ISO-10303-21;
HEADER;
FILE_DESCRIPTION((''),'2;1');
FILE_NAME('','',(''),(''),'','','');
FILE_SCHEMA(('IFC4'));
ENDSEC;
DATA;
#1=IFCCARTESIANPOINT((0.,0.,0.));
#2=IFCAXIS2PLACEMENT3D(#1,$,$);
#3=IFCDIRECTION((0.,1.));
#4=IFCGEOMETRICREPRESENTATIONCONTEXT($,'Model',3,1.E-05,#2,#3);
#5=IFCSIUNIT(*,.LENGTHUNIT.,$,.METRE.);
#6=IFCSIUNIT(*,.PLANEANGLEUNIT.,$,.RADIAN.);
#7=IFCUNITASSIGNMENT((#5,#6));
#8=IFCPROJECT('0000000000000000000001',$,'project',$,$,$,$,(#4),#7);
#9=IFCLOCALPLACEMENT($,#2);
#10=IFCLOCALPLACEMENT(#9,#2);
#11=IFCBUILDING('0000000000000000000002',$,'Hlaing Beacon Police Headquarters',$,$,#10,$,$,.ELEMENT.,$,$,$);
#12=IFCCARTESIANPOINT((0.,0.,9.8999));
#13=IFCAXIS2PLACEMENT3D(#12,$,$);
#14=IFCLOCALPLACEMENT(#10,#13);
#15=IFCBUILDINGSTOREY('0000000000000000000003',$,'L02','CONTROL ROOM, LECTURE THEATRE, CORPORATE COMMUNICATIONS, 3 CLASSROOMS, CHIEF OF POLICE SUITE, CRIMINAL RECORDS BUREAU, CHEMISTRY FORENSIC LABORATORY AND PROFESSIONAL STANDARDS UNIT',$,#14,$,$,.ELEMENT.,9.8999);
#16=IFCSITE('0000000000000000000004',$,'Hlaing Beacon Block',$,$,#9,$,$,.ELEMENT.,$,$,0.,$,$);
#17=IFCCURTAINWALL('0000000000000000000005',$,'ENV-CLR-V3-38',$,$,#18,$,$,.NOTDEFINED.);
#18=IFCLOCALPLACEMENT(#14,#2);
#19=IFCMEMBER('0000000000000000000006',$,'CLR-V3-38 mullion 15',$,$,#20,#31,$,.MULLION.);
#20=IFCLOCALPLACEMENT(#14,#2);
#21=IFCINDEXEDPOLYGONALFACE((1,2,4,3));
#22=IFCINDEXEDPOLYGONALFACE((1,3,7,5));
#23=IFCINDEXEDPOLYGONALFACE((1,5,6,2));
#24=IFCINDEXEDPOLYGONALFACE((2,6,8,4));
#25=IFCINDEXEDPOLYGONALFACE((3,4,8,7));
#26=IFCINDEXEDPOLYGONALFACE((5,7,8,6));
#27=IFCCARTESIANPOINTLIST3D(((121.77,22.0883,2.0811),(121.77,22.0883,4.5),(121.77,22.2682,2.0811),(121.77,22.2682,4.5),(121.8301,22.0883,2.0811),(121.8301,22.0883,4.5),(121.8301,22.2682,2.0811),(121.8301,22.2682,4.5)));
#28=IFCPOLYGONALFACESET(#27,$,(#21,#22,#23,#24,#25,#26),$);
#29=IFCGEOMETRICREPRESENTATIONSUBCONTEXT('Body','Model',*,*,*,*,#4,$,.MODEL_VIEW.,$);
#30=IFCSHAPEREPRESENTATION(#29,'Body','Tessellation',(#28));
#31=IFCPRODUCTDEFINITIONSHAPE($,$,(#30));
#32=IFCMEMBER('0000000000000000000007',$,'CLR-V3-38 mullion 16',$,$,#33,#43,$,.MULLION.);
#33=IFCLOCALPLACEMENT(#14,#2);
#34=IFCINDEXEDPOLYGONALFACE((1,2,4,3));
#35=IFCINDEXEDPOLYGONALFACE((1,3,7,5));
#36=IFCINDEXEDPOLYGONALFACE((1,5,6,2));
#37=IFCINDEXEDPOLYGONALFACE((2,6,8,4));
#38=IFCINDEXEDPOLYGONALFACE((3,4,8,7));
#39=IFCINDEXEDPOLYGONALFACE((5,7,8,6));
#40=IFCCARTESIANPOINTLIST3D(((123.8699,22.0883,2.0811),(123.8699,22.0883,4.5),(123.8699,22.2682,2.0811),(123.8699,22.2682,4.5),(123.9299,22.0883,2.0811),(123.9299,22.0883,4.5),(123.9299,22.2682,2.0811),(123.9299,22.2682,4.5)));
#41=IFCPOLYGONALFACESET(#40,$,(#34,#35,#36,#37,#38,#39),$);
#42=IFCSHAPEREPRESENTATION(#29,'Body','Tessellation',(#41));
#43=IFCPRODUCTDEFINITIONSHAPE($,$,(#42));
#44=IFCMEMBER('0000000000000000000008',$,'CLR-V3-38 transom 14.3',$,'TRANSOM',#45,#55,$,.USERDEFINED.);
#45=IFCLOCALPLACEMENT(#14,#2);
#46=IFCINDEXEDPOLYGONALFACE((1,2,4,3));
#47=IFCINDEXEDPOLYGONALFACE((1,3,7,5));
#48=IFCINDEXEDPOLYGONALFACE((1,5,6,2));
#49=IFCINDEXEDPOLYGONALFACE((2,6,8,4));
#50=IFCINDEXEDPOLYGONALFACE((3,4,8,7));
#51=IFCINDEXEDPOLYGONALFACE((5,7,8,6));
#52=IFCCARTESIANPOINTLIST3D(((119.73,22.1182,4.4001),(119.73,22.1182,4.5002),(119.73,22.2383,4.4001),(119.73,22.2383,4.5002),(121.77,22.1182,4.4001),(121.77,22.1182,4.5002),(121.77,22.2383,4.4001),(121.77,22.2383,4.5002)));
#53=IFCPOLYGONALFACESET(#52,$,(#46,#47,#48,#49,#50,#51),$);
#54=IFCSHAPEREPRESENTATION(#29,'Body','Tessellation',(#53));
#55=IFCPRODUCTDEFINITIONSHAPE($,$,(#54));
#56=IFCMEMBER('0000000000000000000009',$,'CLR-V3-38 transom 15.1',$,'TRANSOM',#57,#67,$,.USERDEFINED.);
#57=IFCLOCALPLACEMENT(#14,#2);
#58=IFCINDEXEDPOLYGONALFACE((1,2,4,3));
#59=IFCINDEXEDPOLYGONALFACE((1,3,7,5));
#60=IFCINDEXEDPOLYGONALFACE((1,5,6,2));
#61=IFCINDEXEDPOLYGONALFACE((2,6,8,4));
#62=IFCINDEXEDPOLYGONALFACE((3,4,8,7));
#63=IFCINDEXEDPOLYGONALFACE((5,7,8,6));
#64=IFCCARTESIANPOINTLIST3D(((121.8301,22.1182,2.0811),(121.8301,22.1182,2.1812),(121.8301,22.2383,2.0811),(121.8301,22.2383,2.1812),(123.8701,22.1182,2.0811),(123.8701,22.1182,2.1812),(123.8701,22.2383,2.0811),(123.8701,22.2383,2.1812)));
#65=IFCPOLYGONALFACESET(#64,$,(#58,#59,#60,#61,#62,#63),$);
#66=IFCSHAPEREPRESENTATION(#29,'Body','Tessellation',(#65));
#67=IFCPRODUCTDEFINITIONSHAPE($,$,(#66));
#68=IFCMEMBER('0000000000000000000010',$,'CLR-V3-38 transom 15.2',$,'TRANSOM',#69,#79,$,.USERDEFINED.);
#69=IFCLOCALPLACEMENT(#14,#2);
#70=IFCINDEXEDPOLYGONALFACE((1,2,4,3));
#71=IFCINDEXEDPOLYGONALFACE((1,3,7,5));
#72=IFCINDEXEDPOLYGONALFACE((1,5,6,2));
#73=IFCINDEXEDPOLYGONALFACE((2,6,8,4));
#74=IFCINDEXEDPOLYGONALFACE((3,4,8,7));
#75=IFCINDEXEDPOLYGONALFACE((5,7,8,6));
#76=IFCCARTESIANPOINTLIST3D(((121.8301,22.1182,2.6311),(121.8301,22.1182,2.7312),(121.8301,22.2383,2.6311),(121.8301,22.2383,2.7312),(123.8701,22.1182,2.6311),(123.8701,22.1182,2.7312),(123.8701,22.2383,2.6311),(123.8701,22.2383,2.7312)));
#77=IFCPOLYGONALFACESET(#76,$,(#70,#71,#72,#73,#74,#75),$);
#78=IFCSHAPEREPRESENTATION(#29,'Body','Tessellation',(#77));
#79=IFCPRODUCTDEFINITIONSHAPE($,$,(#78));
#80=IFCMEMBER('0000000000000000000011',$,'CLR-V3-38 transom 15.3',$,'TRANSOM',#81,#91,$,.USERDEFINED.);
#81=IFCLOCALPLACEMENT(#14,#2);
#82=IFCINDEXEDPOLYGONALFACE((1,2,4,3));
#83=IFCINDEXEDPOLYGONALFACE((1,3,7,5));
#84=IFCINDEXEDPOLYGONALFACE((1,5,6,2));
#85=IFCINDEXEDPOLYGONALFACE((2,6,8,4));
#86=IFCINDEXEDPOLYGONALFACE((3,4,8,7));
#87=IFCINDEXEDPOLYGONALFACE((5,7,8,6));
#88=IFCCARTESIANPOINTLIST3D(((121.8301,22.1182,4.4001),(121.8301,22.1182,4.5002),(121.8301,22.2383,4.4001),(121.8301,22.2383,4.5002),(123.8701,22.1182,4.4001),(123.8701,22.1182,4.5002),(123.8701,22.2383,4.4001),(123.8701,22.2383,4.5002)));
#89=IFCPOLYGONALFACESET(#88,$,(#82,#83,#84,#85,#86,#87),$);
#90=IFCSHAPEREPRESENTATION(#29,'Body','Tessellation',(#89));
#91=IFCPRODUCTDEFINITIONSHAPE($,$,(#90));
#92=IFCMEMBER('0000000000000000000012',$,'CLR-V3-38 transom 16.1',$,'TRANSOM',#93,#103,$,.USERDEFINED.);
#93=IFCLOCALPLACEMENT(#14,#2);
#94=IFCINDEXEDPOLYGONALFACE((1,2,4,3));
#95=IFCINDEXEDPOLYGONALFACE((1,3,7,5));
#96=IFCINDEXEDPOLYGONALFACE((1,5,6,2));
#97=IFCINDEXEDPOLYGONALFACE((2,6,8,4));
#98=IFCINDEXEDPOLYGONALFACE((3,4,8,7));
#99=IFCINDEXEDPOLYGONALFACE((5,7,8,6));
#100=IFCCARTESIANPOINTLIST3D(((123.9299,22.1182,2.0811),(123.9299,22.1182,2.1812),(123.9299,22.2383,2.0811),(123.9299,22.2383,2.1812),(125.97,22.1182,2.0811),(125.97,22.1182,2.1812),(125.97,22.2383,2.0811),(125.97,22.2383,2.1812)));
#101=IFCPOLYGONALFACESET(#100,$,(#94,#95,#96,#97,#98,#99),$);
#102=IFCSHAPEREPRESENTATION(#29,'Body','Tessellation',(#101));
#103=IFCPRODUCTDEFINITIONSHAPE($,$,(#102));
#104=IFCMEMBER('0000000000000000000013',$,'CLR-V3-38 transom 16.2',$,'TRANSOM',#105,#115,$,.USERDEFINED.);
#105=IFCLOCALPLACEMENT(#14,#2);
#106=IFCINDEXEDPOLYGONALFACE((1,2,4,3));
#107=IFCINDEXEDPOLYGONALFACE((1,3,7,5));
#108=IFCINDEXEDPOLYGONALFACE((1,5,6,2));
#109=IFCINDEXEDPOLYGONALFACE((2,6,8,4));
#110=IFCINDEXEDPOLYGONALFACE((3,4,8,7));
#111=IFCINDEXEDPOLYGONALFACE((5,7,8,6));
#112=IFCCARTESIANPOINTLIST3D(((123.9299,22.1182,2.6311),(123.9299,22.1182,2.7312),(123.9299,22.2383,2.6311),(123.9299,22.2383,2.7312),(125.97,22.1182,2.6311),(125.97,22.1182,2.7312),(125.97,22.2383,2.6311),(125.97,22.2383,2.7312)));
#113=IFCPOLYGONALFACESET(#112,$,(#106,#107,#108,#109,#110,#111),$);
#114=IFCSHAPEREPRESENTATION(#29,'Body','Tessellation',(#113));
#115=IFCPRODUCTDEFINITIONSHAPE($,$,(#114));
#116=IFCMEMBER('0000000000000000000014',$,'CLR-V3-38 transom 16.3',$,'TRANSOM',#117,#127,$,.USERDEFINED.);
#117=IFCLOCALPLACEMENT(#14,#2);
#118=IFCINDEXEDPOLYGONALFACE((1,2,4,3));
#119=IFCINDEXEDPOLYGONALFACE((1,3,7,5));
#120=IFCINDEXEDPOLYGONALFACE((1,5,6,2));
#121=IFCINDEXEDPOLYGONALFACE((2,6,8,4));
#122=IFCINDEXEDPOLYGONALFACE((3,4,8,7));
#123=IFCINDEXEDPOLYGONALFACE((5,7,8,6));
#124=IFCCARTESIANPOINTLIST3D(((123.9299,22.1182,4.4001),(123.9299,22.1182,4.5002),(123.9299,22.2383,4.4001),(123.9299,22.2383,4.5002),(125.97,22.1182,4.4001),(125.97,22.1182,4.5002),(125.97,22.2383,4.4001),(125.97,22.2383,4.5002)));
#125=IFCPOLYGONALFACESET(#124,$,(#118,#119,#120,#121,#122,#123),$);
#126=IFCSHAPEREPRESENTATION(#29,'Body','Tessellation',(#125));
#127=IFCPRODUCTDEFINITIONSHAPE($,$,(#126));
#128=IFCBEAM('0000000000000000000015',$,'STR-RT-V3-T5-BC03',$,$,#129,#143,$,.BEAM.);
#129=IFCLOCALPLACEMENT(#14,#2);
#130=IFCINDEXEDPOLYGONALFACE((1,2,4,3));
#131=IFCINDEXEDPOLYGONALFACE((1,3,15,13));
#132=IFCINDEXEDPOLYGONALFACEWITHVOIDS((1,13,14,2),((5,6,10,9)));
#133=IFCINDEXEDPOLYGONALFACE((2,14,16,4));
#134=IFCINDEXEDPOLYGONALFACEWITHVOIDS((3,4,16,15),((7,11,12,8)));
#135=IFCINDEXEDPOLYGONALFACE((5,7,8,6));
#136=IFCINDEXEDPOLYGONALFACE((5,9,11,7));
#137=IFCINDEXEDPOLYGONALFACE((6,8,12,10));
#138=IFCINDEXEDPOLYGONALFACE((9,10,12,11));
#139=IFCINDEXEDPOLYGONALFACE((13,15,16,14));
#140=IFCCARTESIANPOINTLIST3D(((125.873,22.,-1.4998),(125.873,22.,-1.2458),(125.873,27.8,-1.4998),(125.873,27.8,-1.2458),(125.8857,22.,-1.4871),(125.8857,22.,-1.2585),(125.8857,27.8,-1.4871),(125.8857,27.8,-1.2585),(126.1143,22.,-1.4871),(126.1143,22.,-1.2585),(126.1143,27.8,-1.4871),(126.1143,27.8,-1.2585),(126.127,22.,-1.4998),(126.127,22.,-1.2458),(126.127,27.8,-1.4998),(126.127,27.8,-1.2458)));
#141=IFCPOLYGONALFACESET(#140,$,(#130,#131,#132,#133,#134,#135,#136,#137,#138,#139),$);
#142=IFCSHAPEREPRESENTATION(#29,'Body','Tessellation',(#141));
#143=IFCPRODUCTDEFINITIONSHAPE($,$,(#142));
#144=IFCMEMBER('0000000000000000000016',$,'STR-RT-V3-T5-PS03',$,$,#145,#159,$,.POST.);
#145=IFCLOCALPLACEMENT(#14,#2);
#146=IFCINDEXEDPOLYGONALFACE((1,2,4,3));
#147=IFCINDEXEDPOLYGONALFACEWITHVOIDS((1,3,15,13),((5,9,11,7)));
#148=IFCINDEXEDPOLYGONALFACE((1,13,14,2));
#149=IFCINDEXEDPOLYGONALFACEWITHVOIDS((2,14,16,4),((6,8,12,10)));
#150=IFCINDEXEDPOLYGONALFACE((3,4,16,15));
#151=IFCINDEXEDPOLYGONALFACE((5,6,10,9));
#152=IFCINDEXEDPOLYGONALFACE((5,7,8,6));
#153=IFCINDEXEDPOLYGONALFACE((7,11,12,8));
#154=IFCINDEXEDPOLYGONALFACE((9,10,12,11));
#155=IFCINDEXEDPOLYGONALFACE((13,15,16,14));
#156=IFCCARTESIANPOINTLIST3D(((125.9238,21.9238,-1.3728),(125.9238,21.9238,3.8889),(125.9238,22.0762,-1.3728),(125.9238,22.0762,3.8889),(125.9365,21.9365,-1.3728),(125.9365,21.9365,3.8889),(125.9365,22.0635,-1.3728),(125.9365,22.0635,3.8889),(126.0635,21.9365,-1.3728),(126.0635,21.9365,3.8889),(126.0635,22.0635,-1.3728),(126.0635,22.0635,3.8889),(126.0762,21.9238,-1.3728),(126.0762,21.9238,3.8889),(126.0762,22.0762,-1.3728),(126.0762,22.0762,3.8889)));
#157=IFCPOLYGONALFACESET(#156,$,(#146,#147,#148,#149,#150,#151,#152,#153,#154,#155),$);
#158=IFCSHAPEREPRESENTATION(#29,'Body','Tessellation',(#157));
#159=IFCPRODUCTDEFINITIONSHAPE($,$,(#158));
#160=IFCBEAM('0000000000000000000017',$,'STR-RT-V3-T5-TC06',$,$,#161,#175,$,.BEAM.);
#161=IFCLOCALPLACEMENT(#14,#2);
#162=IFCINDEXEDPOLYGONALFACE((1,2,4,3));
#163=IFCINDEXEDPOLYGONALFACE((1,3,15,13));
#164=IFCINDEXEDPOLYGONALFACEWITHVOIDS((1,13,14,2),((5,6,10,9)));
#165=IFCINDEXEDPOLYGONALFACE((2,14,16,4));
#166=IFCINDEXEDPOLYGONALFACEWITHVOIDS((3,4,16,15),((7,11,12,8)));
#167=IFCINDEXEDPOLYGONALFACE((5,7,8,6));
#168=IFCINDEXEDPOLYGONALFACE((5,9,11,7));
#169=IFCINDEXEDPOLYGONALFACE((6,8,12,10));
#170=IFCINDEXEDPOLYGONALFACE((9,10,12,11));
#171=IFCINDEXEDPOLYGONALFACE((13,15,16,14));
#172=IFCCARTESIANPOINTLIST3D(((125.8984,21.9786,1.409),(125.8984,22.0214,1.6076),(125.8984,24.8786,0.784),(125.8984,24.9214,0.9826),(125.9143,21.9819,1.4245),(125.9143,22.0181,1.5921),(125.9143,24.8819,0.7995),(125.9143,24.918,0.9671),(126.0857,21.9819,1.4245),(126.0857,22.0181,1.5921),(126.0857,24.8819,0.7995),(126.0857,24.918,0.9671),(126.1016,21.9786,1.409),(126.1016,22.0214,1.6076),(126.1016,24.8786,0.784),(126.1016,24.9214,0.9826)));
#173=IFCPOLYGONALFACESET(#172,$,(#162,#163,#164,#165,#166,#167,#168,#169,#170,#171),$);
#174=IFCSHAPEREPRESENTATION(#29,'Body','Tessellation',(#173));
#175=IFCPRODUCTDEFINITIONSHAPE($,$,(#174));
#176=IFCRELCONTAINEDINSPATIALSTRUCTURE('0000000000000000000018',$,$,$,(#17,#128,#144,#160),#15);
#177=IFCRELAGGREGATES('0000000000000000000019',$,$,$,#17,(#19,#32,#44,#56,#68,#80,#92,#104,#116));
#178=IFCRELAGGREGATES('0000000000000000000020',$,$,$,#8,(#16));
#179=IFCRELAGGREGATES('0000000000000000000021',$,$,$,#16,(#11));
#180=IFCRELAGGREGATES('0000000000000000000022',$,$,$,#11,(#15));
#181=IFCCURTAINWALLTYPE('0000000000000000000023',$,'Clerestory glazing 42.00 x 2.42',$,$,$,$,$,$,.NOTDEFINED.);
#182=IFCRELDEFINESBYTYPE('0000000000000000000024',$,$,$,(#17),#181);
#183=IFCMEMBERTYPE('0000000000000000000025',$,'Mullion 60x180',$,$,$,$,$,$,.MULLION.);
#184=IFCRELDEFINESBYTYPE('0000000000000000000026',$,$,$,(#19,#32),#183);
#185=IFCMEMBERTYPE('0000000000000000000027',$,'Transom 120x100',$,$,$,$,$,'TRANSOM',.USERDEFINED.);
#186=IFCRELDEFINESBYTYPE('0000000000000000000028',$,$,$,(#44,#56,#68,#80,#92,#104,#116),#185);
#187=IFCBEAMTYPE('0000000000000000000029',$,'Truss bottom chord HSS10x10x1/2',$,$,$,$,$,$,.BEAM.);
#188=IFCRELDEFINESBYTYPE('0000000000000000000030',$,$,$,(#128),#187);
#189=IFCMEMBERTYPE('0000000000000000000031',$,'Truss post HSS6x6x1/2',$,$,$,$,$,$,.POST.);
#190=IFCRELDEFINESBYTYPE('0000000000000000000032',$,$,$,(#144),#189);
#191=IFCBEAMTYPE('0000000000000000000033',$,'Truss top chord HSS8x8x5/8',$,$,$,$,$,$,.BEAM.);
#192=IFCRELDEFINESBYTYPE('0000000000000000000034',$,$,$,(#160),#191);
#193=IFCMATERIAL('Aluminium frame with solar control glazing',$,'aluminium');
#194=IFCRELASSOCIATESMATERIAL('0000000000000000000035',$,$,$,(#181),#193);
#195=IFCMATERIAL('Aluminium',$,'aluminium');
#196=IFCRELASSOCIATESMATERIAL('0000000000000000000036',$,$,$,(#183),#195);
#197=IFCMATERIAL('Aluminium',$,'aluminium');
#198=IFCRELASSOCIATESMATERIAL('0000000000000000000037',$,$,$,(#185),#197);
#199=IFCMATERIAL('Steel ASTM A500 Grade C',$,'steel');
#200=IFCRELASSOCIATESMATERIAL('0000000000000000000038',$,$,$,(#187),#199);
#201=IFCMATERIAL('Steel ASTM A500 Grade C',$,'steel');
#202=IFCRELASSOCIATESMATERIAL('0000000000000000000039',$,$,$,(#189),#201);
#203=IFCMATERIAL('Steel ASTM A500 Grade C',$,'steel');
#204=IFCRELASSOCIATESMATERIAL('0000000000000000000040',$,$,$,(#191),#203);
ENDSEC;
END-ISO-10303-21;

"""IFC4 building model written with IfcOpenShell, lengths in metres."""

from ifc_helpers import new_model, si_unit, direction, frame, origin, origin_2d, place, context, subcontext, project, spatial, rectangle, hollow_rectangle, extrude, material, material_profile, profile_set, type_object, element, aggregate, save


model = new_model("IFC4")

# Units and contexts
model_context = context("Model", 3, precision=1e-05, world=origin(), true_north=direction((0.0, 1.0)))
body_context = subcontext(model_context, "Body", "Model", "MODEL_VIEW")
ifc_project = project(units=[si_unit("LENGTHUNIT", "METRE"), si_unit("PLANEANGLEUNIT", "RADIAN")], contexts=[model_context])

# Site, building, storey
site_placement = place(None, origin())
site = spatial("IfcSite", under=ifc_project, at=site_placement, Name="Hlaing Beacon Block", CompositionType="ELEMENT", RefElevation=0.0)
building_placement = place(site_placement, origin())
building = spatial("IfcBuilding", under=site, at=building_placement, Name="Hlaing Beacon Police Headquarters", CompositionType="ELEMENT")
storey_placement = place(building_placement, frame((0.0, 0.0, 9.8999)))
storey = spatial("IfcBuildingStorey", under=building, at=storey_placement, Name="L02", Description="CONTROL ROOM, LECTURE THEATRE, CORPORATE COMMUNICATIONS, 3 CLASSROOMS, CHIEF OF POLICE SUITE, CRIMINAL RECORDS BUREAU, CHEMISTRY FORENSIC LABORATORY AND PROFESSIONAL STANDARDS UNIT", CompositionType="ELEMENT", Elevation=9.8999)

# Curtain wall, members
ifc_material_1 = material(Name="Aluminium frame with solar control glazing", Category="aluminium")
curtain_wall_type = type_object("IfcCurtainWallType", Name="Clerestory glazing 42.00 x 2.42", PredefinedType="NOTDEFINED", material=ifc_material_1)
curtain_wall_placement = place(storey_placement, origin())
curtain_wall = element("IfcCurtainWall", 1, at=curtain_wall_placement, inside=storey, type_object=curtain_wall_type, Name="ENV-CLR-V3-38", PredefinedType="NOTDEFINED")
ifc_material_2 = material(Name="Aluminium", Category="aluminium")
ifc_material_profile_1 = material_profile(ifc_material_2, rectangle(XDim=0.1799, YDim=0.0601, at=origin_2d()), Name="Mullion 60x180")
ifc_profile_set_1 = profile_set([ifc_material_profile_1], Name="Aluminium")
member_type_1 = type_object("IfcMemberType", Name="Mullion 60x180", PredefinedType="MULLION", material=ifc_profile_set_1)
member_1_placement = place(storey_placement, frame((121.8, 22.1782, 2.0811), z_axis=(0.0, 0.0, 1.0), x_axis=(0.0, 1.0, 0.0)))
member_1 = element("IfcMember", 2, at=member_1_placement, type_object=member_type_1, Name="CLR-V3-38 mullion 15", PredefinedType="MULLION", context=body_context, shape_type="SweptSolid", body=[
    extrude(rectangle(XDim=0.1799, YDim=0.0601, at=origin_2d()), origin(), (0.0, 0.0, 1.0), 2.4189),
])
member_2_placement = place(storey_placement, frame((123.8999, 22.1782, 2.0811), z_axis=(0.0, 0.0, 1.0), x_axis=(0.0, 1.0, 0.0)))
member_2 = element("IfcMember", 3, at=member_2_placement, type_object=member_type_1, Name="CLR-V3-38 mullion 16", PredefinedType="MULLION", context=body_context, shape_type="SweptSolid", body=[
    extrude(rectangle(XDim=0.1799, YDim=0.0601, at=origin_2d()), origin(), (0.0, 0.0, 1.0), 2.4189),
])
ifc_material_3 = material(Name="Aluminium", Category="aluminium")
ifc_material_profile_2 = material_profile(ifc_material_3, rectangle(XDim=0.1201, YDim=0.1001, at=origin_2d()), Name="Transom 120x100")
ifc_profile_set_2 = profile_set([ifc_material_profile_2], Name="Aluminium")
member_type_2 = type_object("IfcMemberType", Name="Transom 120x100", ElementType="TRANSOM", PredefinedType="USERDEFINED", material=ifc_profile_set_2)
member_3_placement = place(storey_placement, frame((119.73, 22.1782, 4.4502), z_axis=(1.0, 0.0, 0.0), x_axis=(0.0, 1.0, 0.0)))
member_3 = element("IfcMember", 4, at=member_3_placement, type_object=member_type_2, Name="CLR-V3-38 transom 14.3", ObjectType="TRANSOM", PredefinedType="USERDEFINED", context=body_context, shape_type="SweptSolid", body=[
    extrude(rectangle(XDim=0.1201, YDim=0.1001, at=origin_2d()), origin(), (0.0, 0.0, 1.0), 2.04),
])
member_4_placement = place(storey_placement, frame((121.8301, 22.1782, 2.1311), z_axis=(1.0, 0.0, 0.0), x_axis=(0.0, 1.0, 0.0)))
member_4 = element("IfcMember", 5, at=member_4_placement, type_object=member_type_2, Name="CLR-V3-38 transom 15.1", ObjectType="TRANSOM", PredefinedType="USERDEFINED", context=body_context, shape_type="SweptSolid", body=[
    extrude(rectangle(XDim=0.1201, YDim=0.1001, at=origin_2d()), origin(), (0.0, 0.0, 1.0), 2.04),
])
member_5_placement = place(storey_placement, frame((121.8301, 22.1782, 2.6812), z_axis=(1.0, 0.0, 0.0), x_axis=(0.0, 1.0, 0.0)))
member_5 = element("IfcMember", 6, at=member_5_placement, type_object=member_type_2, Name="CLR-V3-38 transom 15.2", ObjectType="TRANSOM", PredefinedType="USERDEFINED", context=body_context, shape_type="SweptSolid", body=[
    extrude(rectangle(XDim=0.1201, YDim=0.1001, at=origin_2d()), origin(), (0.0, 0.0, 1.0), 2.04),
])
member_6_placement = place(storey_placement, frame((121.8301, 22.1782, 4.4502), z_axis=(1.0, 0.0, 0.0), x_axis=(0.0, 1.0, 0.0)))
member_6 = element("IfcMember", 7, at=member_6_placement, type_object=member_type_2, Name="CLR-V3-38 transom 15.3", ObjectType="TRANSOM", PredefinedType="USERDEFINED", context=body_context, shape_type="SweptSolid", body=[
    extrude(rectangle(XDim=0.1201, YDim=0.1001, at=origin_2d()), origin(), (0.0, 0.0, 1.0), 2.04),
])
member_7_placement = place(storey_placement, frame((123.9299, 22.1782, 2.1311), z_axis=(1.0, 0.0, 0.0), x_axis=(0.0, 1.0, 0.0)))
member_7 = element("IfcMember", 8, at=member_7_placement, type_object=member_type_2, Name="CLR-V3-38 transom 16.1", ObjectType="TRANSOM", PredefinedType="USERDEFINED", context=body_context, shape_type="SweptSolid", body=[
    extrude(rectangle(XDim=0.1201, YDim=0.1001, at=origin_2d()), origin(), (0.0, 0.0, 1.0), 2.04),
])
member_8_placement = place(storey_placement, frame((123.9299, 22.1782, 2.6812), z_axis=(1.0, 0.0, 0.0), x_axis=(0.0, 1.0, 0.0)))
member_8 = element("IfcMember", 9, at=member_8_placement, type_object=member_type_2, Name="CLR-V3-38 transom 16.2", ObjectType="TRANSOM", PredefinedType="USERDEFINED", context=body_context, shape_type="SweptSolid", body=[
    extrude(rectangle(XDim=0.1201, YDim=0.1001, at=origin_2d()), origin(), (0.0, 0.0, 1.0), 2.04),
])
member_9_placement = place(storey_placement, frame((123.9299, 22.1782, 4.4502), z_axis=(1.0, 0.0, 0.0), x_axis=(0.0, 1.0, 0.0)))
member_9 = element("IfcMember", 10, at=member_9_placement, type_object=member_type_2, Name="CLR-V3-38 transom 16.3", ObjectType="TRANSOM", PredefinedType="USERDEFINED", context=body_context, shape_type="SweptSolid", body=[
    extrude(rectangle(XDim=0.1201, YDim=0.1001, at=origin_2d()), origin(), (0.0, 0.0, 1.0), 2.04),
])

# Beam
ifc_material_4 = material(Name="Steel ASTM A500 Grade C", Category="steel")
ifc_material_profile_3 = material_profile(ifc_material_4, hollow_rectangle(XDim=0.2539, YDim=0.2539, WallThickness=0.0127, at=origin_2d()), Name="HSS10x10x1/2")
ifc_profile_set_3 = profile_set([ifc_material_profile_3], Name="Steel ASTM A500 Grade C")
beam_type_1 = type_object("IfcBeamType", Name="Truss bottom chord HSS10x10x1/2", PredefinedType="BEAM", material=ifc_profile_set_3)
beam_1_placement = place(storey_placement, frame((126.0, 22.0, -1.3728), z_axis=(0.0, 1.0, 0.0), x_axis=(-1.0, 0.0, 0.0)))
element("IfcBeam", 11, at=beam_1_placement, inside=storey, type_object=beam_type_1, Name="STR-RT-V3-T5-BC03", PredefinedType="BEAM", context=body_context, shape_type="SweptSolid", body=[
    extrude(hollow_rectangle(XDim=0.2539, YDim=0.2539, WallThickness=0.0127, at=origin_2d()), origin(), (0.0, 0.0, 1.0), 5.8),
])

# Member
ifc_material_5 = material(Name="Steel ASTM A500 Grade C", Category="steel")
ifc_material_profile_4 = material_profile(ifc_material_5, hollow_rectangle(XDim=0.1523, YDim=0.1523, WallThickness=0.0127, at=origin_2d()), Name="HSS6x6x1/2")
ifc_profile_set_4 = profile_set([ifc_material_profile_4], Name="Steel ASTM A500 Grade C")
member_type_3 = type_object("IfcMemberType", Name="Truss post HSS6x6x1/2", PredefinedType="POST", material=ifc_profile_set_4)
member_10_placement = place(storey_placement, frame((126.0, 22.0, -1.3728), z_axis=(0.0, 0.0, 1.0), x_axis=(1.0, 0.0, 0.0)))
element("IfcMember", 12, at=member_10_placement, inside=storey, type_object=member_type_3, Name="STR-RT-V3-T5-PS03", PredefinedType="POST", context=body_context, shape_type="SweptSolid", body=[
    extrude(hollow_rectangle(XDim=0.1523, YDim=0.1523, WallThickness=0.0127, at=origin_2d()), origin(), (0.0, 0.0, 1.0), 5.2617),
])

# Beam
ifc_material_6 = material(Name="Steel ASTM A500 Grade C", Category="steel")
ifc_material_profile_5 = material_profile(ifc_material_6, hollow_rectangle(XDim=0.2031, YDim=0.2031, WallThickness=0.0159, at=origin_2d()), Name="HSS8x8x5/8")
ifc_profile_set_5 = profile_set([ifc_material_profile_5], Name="Steel ASTM A500 Grade C")
beam_type_2 = type_object("IfcBeamType", Name="Truss top chord HSS8x8x5/8", PredefinedType="BEAM", material=ifc_profile_set_5)
beam_2_placement = place(storey_placement, frame((126.0, 22.0, 1.5083), z_axis=(0.0, 0.977554, -0.210687), x_axis=(-1.0, 0.0, 0.0)))
element("IfcBeam", 13, at=beam_2_placement, inside=storey, type_object=beam_type_2, Name="STR-RT-V3-T5-TC06", PredefinedType="BEAM", context=body_context, shape_type="SweptSolid", body=[
    extrude(hollow_rectangle(XDim=0.2031, YDim=0.2031, WallThickness=0.0159, at=origin_2d()), origin(), (0.0, 0.0, 1.0), 2.9666),
])

aggregate(curtain_wall, [member_1, member_2, member_3, member_4, member_5, member_6, member_7, member_8, member_9])

save(model, "model.ifc")
